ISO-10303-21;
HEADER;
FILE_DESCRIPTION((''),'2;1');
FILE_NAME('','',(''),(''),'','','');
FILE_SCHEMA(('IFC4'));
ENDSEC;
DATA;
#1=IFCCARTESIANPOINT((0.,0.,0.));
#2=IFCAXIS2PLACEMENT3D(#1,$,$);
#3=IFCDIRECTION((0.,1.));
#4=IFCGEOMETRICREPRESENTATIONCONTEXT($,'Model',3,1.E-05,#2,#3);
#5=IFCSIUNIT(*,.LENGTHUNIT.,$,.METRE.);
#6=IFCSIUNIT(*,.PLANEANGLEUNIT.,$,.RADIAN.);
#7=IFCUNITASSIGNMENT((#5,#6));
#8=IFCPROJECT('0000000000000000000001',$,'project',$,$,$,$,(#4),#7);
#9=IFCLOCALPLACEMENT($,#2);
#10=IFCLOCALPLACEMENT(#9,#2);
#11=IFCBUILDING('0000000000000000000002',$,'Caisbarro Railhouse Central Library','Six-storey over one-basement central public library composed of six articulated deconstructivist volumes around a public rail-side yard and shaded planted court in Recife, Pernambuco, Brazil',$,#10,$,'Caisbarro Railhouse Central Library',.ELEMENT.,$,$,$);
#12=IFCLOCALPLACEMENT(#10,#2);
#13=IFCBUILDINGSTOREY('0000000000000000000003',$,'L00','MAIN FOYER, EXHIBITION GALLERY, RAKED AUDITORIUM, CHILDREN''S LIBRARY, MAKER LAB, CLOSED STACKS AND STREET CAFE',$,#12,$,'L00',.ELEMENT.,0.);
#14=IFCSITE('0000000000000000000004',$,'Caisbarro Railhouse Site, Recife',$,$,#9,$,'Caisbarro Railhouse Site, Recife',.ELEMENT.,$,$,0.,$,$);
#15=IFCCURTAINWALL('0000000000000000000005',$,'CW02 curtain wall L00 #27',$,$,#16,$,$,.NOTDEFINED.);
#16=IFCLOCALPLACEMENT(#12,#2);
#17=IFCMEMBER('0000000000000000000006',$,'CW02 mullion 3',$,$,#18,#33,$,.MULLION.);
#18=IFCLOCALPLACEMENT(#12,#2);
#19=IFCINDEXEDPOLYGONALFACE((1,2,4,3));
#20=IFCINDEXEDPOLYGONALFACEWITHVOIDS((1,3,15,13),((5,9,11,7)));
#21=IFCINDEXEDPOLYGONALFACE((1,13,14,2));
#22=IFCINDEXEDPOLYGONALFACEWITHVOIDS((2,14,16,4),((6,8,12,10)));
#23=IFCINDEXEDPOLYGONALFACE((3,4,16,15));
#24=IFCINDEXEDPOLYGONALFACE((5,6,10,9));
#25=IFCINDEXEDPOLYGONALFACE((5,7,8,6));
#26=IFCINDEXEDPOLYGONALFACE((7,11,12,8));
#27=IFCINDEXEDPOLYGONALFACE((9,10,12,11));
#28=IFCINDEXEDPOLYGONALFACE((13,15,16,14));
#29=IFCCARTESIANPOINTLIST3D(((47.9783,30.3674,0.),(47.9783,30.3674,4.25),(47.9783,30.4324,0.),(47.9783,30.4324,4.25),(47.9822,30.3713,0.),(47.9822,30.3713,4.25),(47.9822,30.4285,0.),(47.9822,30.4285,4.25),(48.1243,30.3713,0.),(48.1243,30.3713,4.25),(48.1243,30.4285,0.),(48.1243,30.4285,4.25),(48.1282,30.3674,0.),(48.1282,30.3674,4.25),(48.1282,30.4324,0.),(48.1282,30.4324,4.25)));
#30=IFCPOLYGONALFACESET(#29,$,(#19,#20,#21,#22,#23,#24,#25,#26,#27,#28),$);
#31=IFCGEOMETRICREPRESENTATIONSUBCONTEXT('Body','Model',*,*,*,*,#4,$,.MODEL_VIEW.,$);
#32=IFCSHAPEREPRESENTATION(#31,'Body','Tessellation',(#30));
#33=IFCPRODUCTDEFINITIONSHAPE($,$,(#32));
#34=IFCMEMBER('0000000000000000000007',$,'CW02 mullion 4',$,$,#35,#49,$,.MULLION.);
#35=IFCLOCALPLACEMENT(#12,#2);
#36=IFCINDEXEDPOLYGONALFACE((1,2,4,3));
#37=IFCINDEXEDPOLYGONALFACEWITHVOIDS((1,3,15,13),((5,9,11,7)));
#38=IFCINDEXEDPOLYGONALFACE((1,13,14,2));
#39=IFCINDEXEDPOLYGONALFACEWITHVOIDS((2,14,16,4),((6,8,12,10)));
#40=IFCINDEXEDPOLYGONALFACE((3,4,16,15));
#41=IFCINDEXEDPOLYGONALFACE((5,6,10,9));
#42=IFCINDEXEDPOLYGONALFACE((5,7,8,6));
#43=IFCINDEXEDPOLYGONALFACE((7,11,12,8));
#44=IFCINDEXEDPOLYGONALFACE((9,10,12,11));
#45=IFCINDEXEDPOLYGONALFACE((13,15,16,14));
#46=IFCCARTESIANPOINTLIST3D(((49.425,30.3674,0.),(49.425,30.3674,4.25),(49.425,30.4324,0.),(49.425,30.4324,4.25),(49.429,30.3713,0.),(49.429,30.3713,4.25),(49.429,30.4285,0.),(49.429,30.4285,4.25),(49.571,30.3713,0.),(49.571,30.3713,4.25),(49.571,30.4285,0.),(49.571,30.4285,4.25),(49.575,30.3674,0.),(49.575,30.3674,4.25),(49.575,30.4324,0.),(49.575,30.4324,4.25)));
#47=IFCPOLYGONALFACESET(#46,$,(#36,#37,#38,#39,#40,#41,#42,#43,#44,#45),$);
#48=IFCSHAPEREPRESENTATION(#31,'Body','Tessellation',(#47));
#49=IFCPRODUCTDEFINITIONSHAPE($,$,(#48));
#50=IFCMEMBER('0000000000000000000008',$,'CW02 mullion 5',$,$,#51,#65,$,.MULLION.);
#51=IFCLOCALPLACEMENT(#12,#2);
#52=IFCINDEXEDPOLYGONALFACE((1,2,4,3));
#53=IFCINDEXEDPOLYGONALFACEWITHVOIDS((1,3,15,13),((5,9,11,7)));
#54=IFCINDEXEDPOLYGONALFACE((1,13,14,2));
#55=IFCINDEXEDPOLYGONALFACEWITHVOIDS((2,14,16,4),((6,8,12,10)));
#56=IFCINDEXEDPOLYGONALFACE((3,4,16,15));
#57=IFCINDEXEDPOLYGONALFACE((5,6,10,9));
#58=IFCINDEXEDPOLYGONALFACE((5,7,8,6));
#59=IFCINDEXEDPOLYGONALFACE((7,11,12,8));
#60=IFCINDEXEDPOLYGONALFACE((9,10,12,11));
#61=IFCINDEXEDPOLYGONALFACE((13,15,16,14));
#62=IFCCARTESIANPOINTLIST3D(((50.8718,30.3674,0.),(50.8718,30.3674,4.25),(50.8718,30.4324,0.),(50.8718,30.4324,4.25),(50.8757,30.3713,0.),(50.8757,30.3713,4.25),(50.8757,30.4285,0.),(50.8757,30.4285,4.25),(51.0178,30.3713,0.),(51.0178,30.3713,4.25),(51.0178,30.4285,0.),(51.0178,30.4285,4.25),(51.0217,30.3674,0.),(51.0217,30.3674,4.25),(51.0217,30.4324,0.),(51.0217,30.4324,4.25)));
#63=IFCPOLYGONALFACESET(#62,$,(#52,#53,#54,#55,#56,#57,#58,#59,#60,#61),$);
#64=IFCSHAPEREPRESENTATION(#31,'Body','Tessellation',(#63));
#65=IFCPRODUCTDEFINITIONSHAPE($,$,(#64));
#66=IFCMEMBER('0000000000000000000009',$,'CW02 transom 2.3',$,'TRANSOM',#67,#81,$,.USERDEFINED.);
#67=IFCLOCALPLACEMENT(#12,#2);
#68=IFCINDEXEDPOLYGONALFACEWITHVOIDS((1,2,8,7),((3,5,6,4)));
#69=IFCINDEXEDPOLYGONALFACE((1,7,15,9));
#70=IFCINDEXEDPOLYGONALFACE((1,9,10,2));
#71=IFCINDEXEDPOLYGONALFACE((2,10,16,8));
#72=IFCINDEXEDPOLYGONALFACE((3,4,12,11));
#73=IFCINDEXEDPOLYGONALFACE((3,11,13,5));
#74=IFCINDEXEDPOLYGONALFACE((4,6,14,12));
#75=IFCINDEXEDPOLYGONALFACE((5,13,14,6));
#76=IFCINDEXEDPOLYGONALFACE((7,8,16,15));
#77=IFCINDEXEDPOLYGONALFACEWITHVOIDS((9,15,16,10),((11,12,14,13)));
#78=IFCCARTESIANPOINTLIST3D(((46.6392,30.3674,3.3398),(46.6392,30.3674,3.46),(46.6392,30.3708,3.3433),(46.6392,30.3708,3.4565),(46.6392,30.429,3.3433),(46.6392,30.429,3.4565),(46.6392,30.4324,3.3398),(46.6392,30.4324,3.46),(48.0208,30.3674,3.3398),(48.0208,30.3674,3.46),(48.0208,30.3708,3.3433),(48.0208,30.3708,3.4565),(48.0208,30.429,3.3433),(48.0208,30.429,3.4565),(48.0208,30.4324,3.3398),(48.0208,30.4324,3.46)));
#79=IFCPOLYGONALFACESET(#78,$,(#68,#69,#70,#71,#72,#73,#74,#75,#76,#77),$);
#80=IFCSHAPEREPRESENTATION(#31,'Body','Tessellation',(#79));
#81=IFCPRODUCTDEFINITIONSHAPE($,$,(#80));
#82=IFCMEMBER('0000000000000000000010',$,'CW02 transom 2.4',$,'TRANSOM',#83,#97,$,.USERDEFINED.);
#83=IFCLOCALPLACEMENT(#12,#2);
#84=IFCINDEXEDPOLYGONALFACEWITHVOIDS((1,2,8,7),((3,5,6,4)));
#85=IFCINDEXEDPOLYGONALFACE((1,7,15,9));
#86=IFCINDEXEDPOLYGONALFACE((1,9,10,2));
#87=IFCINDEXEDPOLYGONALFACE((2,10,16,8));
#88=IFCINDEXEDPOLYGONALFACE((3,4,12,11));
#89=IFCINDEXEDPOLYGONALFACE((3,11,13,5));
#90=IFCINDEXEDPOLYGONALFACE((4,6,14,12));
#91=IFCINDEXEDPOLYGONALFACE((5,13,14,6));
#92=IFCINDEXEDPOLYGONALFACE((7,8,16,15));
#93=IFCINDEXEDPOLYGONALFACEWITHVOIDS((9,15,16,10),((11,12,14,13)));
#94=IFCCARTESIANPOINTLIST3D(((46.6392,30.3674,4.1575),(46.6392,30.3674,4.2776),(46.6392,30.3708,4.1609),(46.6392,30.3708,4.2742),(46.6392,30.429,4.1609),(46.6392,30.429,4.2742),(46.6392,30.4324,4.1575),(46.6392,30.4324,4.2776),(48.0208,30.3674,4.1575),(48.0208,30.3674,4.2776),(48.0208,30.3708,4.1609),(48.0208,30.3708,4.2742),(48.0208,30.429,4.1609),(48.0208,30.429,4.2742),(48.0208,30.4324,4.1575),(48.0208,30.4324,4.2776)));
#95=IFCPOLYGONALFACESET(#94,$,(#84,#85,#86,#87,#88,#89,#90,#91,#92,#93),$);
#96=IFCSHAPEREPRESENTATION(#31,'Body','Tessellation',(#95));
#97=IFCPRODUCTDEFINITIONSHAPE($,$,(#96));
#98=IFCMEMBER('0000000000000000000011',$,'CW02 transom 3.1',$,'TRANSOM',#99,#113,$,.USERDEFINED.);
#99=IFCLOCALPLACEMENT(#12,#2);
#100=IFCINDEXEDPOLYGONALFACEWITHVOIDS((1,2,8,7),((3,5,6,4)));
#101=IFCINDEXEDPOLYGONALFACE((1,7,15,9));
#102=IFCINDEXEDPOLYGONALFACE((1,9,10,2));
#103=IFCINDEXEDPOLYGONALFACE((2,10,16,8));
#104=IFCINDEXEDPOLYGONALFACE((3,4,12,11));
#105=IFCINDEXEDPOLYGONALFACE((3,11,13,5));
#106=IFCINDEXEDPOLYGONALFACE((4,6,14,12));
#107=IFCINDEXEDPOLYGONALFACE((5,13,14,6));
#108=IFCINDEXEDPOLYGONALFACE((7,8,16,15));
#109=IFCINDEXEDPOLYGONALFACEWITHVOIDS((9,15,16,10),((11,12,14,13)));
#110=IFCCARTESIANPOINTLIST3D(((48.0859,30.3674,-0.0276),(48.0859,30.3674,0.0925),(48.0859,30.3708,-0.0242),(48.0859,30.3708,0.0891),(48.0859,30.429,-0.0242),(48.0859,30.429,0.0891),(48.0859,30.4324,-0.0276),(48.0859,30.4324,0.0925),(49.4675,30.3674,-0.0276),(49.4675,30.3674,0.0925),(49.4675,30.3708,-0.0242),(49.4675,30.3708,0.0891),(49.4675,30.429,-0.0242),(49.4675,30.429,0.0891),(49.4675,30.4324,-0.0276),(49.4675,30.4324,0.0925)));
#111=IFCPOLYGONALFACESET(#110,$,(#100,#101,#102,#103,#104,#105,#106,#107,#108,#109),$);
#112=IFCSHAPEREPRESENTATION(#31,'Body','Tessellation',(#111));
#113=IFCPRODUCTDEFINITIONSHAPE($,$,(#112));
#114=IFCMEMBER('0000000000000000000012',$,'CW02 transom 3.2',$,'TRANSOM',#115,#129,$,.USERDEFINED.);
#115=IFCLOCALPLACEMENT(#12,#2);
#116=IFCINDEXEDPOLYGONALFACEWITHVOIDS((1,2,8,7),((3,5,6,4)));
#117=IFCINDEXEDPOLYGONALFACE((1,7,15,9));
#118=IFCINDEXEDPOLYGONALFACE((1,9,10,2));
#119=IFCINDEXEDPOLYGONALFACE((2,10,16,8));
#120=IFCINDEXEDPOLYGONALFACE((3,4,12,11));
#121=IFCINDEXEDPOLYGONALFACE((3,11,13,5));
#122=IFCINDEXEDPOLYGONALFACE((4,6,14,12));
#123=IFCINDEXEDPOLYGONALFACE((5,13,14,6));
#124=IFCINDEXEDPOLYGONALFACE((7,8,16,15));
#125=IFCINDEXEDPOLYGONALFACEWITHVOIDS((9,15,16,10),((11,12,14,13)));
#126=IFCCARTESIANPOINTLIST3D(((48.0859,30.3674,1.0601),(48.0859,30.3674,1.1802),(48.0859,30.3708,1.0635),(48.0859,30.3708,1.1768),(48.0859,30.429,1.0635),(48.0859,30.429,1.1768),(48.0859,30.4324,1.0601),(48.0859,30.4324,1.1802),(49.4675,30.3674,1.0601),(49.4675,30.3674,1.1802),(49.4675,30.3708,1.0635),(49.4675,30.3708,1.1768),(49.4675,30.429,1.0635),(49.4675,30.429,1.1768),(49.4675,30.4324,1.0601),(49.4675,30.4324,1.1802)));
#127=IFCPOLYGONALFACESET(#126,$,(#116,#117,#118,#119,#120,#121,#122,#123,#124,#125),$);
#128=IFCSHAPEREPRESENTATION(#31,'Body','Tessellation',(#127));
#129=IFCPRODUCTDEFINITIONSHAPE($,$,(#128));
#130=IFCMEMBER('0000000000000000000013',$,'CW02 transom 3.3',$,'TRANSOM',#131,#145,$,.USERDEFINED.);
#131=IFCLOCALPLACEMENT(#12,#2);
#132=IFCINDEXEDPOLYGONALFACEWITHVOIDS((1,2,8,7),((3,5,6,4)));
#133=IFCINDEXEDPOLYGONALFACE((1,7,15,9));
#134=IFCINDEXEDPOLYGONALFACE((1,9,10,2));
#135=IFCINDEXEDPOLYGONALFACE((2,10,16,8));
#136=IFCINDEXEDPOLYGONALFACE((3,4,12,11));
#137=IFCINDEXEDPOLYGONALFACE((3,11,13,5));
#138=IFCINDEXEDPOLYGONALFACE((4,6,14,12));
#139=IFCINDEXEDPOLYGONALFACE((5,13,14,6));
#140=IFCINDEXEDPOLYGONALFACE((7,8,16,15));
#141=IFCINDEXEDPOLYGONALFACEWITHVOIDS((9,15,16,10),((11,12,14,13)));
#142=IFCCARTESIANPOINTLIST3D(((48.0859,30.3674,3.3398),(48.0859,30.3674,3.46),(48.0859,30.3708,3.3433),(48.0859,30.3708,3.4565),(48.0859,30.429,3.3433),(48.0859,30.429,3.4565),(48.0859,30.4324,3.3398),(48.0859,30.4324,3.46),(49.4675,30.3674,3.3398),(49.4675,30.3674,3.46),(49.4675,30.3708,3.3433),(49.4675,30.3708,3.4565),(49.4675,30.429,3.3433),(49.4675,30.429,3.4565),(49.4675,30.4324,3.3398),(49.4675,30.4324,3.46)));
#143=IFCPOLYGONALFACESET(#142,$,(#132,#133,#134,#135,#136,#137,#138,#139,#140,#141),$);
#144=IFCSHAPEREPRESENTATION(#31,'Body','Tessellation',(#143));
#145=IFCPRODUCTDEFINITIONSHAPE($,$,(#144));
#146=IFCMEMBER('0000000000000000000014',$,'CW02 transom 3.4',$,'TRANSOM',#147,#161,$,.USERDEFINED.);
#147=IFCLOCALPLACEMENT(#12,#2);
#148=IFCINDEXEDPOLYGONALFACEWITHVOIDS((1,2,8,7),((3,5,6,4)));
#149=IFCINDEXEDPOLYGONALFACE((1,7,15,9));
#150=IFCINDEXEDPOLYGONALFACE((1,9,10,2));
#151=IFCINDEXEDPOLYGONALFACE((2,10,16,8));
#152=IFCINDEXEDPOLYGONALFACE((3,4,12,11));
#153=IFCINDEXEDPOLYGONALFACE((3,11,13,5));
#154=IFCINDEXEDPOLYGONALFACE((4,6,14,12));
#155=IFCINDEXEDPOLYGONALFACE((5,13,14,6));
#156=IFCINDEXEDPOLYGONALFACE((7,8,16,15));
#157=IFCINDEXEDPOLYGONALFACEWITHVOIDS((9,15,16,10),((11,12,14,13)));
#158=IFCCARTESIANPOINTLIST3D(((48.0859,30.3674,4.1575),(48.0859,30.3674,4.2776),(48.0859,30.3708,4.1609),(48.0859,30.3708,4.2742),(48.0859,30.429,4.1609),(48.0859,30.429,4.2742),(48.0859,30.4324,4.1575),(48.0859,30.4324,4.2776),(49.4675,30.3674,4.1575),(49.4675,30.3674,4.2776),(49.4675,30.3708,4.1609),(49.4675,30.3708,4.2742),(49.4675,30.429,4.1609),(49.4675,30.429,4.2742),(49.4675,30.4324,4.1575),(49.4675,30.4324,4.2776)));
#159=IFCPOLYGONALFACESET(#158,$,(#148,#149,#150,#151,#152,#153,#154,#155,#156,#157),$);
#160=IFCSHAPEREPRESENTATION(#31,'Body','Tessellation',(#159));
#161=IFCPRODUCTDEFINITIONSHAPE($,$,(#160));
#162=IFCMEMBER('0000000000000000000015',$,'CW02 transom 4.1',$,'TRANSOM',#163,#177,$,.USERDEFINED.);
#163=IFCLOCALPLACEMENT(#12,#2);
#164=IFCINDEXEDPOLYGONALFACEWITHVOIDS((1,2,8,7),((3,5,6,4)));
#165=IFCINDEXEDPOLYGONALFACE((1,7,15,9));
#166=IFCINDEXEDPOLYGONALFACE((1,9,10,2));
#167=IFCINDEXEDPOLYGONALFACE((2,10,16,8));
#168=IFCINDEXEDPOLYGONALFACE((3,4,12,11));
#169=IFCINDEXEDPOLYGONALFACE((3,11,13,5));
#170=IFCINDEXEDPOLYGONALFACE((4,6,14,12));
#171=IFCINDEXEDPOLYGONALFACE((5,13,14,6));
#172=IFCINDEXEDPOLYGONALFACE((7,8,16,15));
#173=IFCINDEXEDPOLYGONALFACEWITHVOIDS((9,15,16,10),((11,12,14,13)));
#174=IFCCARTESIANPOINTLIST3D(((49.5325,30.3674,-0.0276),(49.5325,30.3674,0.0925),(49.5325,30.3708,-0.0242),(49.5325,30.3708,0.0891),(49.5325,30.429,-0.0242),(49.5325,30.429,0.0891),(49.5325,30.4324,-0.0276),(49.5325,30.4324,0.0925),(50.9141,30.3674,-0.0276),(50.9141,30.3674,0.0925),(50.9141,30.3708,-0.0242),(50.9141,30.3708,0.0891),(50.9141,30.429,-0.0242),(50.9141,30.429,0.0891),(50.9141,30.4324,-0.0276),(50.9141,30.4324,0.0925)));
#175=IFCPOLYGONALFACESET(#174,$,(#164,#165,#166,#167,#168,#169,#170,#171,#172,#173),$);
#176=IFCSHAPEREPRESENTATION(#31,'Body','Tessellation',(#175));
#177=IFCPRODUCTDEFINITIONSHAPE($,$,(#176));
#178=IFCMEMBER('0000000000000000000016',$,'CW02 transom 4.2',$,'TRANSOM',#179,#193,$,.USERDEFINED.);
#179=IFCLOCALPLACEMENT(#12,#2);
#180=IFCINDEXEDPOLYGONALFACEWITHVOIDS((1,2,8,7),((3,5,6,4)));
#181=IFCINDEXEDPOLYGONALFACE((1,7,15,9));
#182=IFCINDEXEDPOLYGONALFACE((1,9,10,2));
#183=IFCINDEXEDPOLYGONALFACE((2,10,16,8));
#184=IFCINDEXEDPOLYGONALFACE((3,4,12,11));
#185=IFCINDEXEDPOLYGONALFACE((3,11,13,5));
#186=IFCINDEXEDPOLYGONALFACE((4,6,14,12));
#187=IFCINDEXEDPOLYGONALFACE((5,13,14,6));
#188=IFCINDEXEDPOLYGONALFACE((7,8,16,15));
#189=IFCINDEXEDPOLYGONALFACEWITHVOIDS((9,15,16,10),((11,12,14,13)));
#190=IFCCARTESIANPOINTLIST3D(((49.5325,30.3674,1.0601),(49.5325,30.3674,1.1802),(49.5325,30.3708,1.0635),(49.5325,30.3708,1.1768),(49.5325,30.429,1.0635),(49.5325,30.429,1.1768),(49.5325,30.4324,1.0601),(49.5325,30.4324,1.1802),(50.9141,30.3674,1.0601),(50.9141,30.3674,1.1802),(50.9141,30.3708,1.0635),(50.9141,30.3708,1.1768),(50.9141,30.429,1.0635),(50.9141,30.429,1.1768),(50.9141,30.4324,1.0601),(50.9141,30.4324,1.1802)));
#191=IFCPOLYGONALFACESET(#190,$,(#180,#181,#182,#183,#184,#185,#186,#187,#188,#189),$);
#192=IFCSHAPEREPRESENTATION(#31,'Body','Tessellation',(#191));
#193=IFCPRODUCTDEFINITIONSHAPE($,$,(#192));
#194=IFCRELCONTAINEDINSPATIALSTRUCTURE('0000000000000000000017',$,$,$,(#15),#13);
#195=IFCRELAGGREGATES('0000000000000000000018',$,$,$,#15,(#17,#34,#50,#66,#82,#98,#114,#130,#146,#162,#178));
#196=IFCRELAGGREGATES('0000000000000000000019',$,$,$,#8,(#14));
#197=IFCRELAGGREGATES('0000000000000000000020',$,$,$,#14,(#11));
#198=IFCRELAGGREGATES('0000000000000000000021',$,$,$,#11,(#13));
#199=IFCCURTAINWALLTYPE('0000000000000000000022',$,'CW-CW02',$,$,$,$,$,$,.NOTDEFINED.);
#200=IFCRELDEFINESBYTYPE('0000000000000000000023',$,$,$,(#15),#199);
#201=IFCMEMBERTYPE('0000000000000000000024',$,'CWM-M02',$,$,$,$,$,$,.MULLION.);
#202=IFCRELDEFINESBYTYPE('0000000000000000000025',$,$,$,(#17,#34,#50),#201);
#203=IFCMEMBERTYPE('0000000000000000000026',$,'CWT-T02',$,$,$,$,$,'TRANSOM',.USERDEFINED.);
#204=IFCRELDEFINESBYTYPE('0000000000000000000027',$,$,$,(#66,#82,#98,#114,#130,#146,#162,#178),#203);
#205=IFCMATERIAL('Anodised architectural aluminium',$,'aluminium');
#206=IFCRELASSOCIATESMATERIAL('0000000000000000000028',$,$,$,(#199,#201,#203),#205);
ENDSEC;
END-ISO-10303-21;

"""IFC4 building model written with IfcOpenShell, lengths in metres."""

from ifc_helpers import new_model, si_unit, direction, frame, origin, origin_2d, place, context, subcontext, project, spatial, hollow_rectangle, extrude, material, material_profile, profile_set, type_object, element, aggregate, save


model = new_model("IFC4")

# Units and contexts
model_context = context("Model", 3, precision=1e-05, world=origin(), true_north=direction((0.0, 1.0)))
body_context = subcontext(model_context, "Body", "Model", "MODEL_VIEW")
ifc_project = project(units=[si_unit("LENGTHUNIT", "METRE"), si_unit("PLANEANGLEUNIT", "RADIAN")], contexts=[model_context])

# Site, building, storey
site_placement = place(None, origin())
site = spatial("IfcSite", under=ifc_project, at=site_placement, Name="Caisbarro Railhouse Site, Recife", LongName="Caisbarro Railhouse Site, Recife", CompositionType="ELEMENT", RefElevation=0.0)
building_placement = place(site_placement, origin())
building = spatial("IfcBuilding", under=site, at=building_placement, Name="Caisbarro Railhouse Central Library", Description="Six-storey over one-basement central public library composed of six articulated deconstructivist volumes around a public rail-side yard and shaded planted court in Recife, Pernambuco, Brazil", LongName="Caisbarro Railhouse Central Library", CompositionType="ELEMENT")
storey_placement = place(building_placement, origin())
storey = spatial("IfcBuildingStorey", under=building, at=storey_placement, Name="L00", Description="MAIN FOYER, EXHIBITION GALLERY, RAKED AUDITORIUM, CHILDREN'S LIBRARY, MAKER LAB, CLOSED STACKS AND STREET CAFE", LongName="L00", CompositionType="ELEMENT", Elevation=0.0)

# Curtain wall, members
ifc_material_1 = material(Name="Anodised architectural aluminium", Category="aluminium")
curtain_wall_type = type_object("IfcCurtainWallType", Name="CW-CW02", PredefinedType="NOTDEFINED", material=ifc_material_1)
curtain_wall_placement = place(storey_placement, origin())
curtain_wall = element("IfcCurtainWall", 1, at=curtain_wall_placement, inside=storey, type_object=curtain_wall_type, Name="CW02 curtain wall L00 #27", PredefinedType="NOTDEFINED")
ifc_material_profile_1 = material_profile(ifc_material_1, hollow_rectangle(XDim=0.0649, YDim=0.1499, WallThickness=0.0039, at=origin_2d()), Name="ALU-MUL-65X150")
ifc_profile_set_1 = profile_set([ifc_material_profile_1], Name="Anodised architectural aluminium")
member_type_1 = type_object("IfcMemberType", Name="CWM-M02", PredefinedType="MULLION", material=ifc_profile_set_1)
member_1_placement = place(storey_placement, frame((48.0532, 30.3999, 0.0), z_axis=(0.0, 0.0, 1.0), x_axis=(0.0, 1.0, 0.0)))
member_1 = element("IfcMember", 2, at=member_1_placement, type_object=member_type_1, Name="CW02 mullion 3", PredefinedType="MULLION", context=body_context, shape_type="SweptSolid", body=[
    extrude(hollow_rectangle(XDim=0.0649, YDim=0.1499, WallThickness=0.0039, at=origin_2d()), origin(), (0.0, 0.0, 1.0), 4.25),
])
member_2_placement = place(storey_placement, frame((49.5, 30.3999, 0.0), z_axis=(0.0, 0.0, 1.0), x_axis=(0.0, 1.0, 0.0)))
member_2 = element("IfcMember", 3, at=member_2_placement, type_object=member_type_1, Name="CW02 mullion 4", PredefinedType="MULLION", context=body_context, shape_type="SweptSolid", body=[
    extrude(hollow_rectangle(XDim=0.0649, YDim=0.1499, WallThickness=0.0039, at=origin_2d()), origin(), (0.0, 0.0, 1.0), 4.25),
])
member_3_placement = place(storey_placement, frame((50.9468, 30.3999, 0.0), z_axis=(0.0, 0.0, 1.0), x_axis=(0.0, 1.0, 0.0)))
member_3 = element("IfcMember", 4, at=member_3_placement, type_object=member_type_1, Name="CW02 mullion 5", PredefinedType="MULLION", context=body_context, shape_type="SweptSolid", body=[
    extrude(hollow_rectangle(XDim=0.0649, YDim=0.1499, WallThickness=0.0039, at=origin_2d()), origin(), (0.0, 0.0, 1.0), 4.25),
])
ifc_material_profile_2 = material_profile(ifc_material_1, hollow_rectangle(XDim=0.0649, YDim=0.1201, WallThickness=0.0034, at=origin_2d()), Name="ALU-TRN-65X120")
ifc_profile_set_2 = profile_set([ifc_material_profile_2], Name="Anodised architectural aluminium")
member_type_2 = type_object("IfcMemberType", Name="CWT-T02", ElementType="TRANSOM", PredefinedType="USERDEFINED", material=ifc_profile_set_2)
member_4_placement = place(storey_placement, frame((46.6392, 30.3999, 3.3999), z_axis=(1.0, 0.0, 0.0), x_axis=(0.0, 1.0, 0.0)))
member_4 = element("IfcMember", 5, at=member_4_placement, type_object=member_type_2, Name="CW02 transom 2.3", ObjectType="TRANSOM", PredefinedType="USERDEFINED", context=body_context, shape_type="SweptSolid", body=[
    extrude(hollow_rectangle(XDim=0.0649, YDim=0.1201, WallThickness=0.0034, at=origin_2d()), origin(), (0.0, 0.0, 1.0), 1.3816),
])
member_5_placement = place(storey_placement, frame((46.6392, 30.3999, 4.2175), z_axis=(1.0, 0.0, 0.0), x_axis=(0.0, 1.0, 0.0)))
member_5 = element("IfcMember", 6, at=member_5_placement, type_object=member_type_2, Name="CW02 transom 2.4", ObjectType="TRANSOM", PredefinedType="USERDEFINED", context=body_context, shape_type="SweptSolid", body=[
    extrude(hollow_rectangle(XDim=0.0649, YDim=0.1201, WallThickness=0.0034, at=origin_2d()), origin(), (0.0, 0.0, 1.0), 1.3816),
])
member_6_placement = place(storey_placement, frame((48.0859, 30.3999, 0.0325), z_axis=(1.0, 0.0, 0.0), x_axis=(0.0, 1.0, 0.0)))
member_6 = element("IfcMember", 7, at=member_6_placement, type_object=member_type_2, Name="CW02 transom 3.1", ObjectType="TRANSOM", PredefinedType="USERDEFINED", context=body_context, shape_type="SweptSolid", body=[
    extrude(hollow_rectangle(XDim=0.0649, YDim=0.1201, WallThickness=0.0034, at=origin_2d()), origin(), (0.0, 0.0, 1.0), 1.3816),
])
member_7_placement = place(storey_placement, frame((48.0859, 30.3999, 1.1201), z_axis=(1.0, 0.0, 0.0), x_axis=(0.0, 1.0, 0.0)))
member_7 = element("IfcMember", 8, at=member_7_placement, type_object=member_type_2, Name="CW02 transom 3.2", ObjectType="TRANSOM", PredefinedType="USERDEFINED", context=body_context, shape_type="SweptSolid", body=[
    extrude(hollow_rectangle(XDim=0.0649, YDim=0.1201, WallThickness=0.0034, at=origin_2d()), origin(), (0.0, 0.0, 1.0), 1.3816),
])
member_8_placement = place(storey_placement, frame((48.0859, 30.3999, 3.3999), z_axis=(1.0, 0.0, 0.0), x_axis=(0.0, 1.0, 0.0)))
member_8 = element("IfcMember", 9, at=member_8_placement, type_object=member_type_2, Name="CW02 transom 3.3", ObjectType="TRANSOM", PredefinedType="USERDEFINED", context=body_context, shape_type="SweptSolid", body=[
    extrude(hollow_rectangle(XDim=0.0649, YDim=0.1201, WallThickness=0.0034, at=origin_2d()), origin(), (0.0, 0.0, 1.0), 1.3816),
])
member_9_placement = place(storey_placement, frame((48.0859, 30.3999, 4.2175), z_axis=(1.0, 0.0, 0.0), x_axis=(0.0, 1.0, 0.0)))
member_9 = element("IfcMember", 10, at=member_9_placement, type_object=member_type_2, Name="CW02 transom 3.4", ObjectType="TRANSOM", PredefinedType="USERDEFINED", context=body_context, shape_type="SweptSolid", body=[
    extrude(hollow_rectangle(XDim=0.0649, YDim=0.1201, WallThickness=0.0034, at=origin_2d()), origin(), (0.0, 0.0, 1.0), 1.3816),
])
member_10_placement = place(storey_placement, frame((49.5325, 30.3999, 0.0325), z_axis=(1.0, 0.0, 0.0), x_axis=(0.0, 1.0, 0.0)))
member_10 = element("IfcMember", 11, at=member_10_placement, type_object=member_type_2, Name="CW02 transom 4.1", ObjectType="TRANSOM", PredefinedType="USERDEFINED", context=body_context, shape_type="SweptSolid", body=[
    extrude(hollow_rectangle(XDim=0.0649, YDim=0.1201, WallThickness=0.0034, at=origin_2d()), origin(), (0.0, 0.0, 1.0), 1.3816),
])
member_11_placement = place(storey_placement, frame((49.5325, 30.3999, 1.1201), z_axis=(1.0, 0.0, 0.0), x_axis=(0.0, 1.0, 0.0)))
member_11 = element("IfcMember", 12, at=member_11_placement, type_object=member_type_2, Name="CW02 transom 4.2", ObjectType="TRANSOM", PredefinedType="USERDEFINED", context=body_context, shape_type="SweptSolid", body=[
    extrude(hollow_rectangle(XDim=0.0649, YDim=0.1201, WallThickness=0.0034, at=origin_2d()), origin(), (0.0, 0.0, 1.0), 1.3816),
])
aggregate(curtain_wall, [member_1, member_2, member_3, member_4, member_5, member_6, member_7, member_8, member_9, member_10, member_11])

save(model, "model.ifc")
